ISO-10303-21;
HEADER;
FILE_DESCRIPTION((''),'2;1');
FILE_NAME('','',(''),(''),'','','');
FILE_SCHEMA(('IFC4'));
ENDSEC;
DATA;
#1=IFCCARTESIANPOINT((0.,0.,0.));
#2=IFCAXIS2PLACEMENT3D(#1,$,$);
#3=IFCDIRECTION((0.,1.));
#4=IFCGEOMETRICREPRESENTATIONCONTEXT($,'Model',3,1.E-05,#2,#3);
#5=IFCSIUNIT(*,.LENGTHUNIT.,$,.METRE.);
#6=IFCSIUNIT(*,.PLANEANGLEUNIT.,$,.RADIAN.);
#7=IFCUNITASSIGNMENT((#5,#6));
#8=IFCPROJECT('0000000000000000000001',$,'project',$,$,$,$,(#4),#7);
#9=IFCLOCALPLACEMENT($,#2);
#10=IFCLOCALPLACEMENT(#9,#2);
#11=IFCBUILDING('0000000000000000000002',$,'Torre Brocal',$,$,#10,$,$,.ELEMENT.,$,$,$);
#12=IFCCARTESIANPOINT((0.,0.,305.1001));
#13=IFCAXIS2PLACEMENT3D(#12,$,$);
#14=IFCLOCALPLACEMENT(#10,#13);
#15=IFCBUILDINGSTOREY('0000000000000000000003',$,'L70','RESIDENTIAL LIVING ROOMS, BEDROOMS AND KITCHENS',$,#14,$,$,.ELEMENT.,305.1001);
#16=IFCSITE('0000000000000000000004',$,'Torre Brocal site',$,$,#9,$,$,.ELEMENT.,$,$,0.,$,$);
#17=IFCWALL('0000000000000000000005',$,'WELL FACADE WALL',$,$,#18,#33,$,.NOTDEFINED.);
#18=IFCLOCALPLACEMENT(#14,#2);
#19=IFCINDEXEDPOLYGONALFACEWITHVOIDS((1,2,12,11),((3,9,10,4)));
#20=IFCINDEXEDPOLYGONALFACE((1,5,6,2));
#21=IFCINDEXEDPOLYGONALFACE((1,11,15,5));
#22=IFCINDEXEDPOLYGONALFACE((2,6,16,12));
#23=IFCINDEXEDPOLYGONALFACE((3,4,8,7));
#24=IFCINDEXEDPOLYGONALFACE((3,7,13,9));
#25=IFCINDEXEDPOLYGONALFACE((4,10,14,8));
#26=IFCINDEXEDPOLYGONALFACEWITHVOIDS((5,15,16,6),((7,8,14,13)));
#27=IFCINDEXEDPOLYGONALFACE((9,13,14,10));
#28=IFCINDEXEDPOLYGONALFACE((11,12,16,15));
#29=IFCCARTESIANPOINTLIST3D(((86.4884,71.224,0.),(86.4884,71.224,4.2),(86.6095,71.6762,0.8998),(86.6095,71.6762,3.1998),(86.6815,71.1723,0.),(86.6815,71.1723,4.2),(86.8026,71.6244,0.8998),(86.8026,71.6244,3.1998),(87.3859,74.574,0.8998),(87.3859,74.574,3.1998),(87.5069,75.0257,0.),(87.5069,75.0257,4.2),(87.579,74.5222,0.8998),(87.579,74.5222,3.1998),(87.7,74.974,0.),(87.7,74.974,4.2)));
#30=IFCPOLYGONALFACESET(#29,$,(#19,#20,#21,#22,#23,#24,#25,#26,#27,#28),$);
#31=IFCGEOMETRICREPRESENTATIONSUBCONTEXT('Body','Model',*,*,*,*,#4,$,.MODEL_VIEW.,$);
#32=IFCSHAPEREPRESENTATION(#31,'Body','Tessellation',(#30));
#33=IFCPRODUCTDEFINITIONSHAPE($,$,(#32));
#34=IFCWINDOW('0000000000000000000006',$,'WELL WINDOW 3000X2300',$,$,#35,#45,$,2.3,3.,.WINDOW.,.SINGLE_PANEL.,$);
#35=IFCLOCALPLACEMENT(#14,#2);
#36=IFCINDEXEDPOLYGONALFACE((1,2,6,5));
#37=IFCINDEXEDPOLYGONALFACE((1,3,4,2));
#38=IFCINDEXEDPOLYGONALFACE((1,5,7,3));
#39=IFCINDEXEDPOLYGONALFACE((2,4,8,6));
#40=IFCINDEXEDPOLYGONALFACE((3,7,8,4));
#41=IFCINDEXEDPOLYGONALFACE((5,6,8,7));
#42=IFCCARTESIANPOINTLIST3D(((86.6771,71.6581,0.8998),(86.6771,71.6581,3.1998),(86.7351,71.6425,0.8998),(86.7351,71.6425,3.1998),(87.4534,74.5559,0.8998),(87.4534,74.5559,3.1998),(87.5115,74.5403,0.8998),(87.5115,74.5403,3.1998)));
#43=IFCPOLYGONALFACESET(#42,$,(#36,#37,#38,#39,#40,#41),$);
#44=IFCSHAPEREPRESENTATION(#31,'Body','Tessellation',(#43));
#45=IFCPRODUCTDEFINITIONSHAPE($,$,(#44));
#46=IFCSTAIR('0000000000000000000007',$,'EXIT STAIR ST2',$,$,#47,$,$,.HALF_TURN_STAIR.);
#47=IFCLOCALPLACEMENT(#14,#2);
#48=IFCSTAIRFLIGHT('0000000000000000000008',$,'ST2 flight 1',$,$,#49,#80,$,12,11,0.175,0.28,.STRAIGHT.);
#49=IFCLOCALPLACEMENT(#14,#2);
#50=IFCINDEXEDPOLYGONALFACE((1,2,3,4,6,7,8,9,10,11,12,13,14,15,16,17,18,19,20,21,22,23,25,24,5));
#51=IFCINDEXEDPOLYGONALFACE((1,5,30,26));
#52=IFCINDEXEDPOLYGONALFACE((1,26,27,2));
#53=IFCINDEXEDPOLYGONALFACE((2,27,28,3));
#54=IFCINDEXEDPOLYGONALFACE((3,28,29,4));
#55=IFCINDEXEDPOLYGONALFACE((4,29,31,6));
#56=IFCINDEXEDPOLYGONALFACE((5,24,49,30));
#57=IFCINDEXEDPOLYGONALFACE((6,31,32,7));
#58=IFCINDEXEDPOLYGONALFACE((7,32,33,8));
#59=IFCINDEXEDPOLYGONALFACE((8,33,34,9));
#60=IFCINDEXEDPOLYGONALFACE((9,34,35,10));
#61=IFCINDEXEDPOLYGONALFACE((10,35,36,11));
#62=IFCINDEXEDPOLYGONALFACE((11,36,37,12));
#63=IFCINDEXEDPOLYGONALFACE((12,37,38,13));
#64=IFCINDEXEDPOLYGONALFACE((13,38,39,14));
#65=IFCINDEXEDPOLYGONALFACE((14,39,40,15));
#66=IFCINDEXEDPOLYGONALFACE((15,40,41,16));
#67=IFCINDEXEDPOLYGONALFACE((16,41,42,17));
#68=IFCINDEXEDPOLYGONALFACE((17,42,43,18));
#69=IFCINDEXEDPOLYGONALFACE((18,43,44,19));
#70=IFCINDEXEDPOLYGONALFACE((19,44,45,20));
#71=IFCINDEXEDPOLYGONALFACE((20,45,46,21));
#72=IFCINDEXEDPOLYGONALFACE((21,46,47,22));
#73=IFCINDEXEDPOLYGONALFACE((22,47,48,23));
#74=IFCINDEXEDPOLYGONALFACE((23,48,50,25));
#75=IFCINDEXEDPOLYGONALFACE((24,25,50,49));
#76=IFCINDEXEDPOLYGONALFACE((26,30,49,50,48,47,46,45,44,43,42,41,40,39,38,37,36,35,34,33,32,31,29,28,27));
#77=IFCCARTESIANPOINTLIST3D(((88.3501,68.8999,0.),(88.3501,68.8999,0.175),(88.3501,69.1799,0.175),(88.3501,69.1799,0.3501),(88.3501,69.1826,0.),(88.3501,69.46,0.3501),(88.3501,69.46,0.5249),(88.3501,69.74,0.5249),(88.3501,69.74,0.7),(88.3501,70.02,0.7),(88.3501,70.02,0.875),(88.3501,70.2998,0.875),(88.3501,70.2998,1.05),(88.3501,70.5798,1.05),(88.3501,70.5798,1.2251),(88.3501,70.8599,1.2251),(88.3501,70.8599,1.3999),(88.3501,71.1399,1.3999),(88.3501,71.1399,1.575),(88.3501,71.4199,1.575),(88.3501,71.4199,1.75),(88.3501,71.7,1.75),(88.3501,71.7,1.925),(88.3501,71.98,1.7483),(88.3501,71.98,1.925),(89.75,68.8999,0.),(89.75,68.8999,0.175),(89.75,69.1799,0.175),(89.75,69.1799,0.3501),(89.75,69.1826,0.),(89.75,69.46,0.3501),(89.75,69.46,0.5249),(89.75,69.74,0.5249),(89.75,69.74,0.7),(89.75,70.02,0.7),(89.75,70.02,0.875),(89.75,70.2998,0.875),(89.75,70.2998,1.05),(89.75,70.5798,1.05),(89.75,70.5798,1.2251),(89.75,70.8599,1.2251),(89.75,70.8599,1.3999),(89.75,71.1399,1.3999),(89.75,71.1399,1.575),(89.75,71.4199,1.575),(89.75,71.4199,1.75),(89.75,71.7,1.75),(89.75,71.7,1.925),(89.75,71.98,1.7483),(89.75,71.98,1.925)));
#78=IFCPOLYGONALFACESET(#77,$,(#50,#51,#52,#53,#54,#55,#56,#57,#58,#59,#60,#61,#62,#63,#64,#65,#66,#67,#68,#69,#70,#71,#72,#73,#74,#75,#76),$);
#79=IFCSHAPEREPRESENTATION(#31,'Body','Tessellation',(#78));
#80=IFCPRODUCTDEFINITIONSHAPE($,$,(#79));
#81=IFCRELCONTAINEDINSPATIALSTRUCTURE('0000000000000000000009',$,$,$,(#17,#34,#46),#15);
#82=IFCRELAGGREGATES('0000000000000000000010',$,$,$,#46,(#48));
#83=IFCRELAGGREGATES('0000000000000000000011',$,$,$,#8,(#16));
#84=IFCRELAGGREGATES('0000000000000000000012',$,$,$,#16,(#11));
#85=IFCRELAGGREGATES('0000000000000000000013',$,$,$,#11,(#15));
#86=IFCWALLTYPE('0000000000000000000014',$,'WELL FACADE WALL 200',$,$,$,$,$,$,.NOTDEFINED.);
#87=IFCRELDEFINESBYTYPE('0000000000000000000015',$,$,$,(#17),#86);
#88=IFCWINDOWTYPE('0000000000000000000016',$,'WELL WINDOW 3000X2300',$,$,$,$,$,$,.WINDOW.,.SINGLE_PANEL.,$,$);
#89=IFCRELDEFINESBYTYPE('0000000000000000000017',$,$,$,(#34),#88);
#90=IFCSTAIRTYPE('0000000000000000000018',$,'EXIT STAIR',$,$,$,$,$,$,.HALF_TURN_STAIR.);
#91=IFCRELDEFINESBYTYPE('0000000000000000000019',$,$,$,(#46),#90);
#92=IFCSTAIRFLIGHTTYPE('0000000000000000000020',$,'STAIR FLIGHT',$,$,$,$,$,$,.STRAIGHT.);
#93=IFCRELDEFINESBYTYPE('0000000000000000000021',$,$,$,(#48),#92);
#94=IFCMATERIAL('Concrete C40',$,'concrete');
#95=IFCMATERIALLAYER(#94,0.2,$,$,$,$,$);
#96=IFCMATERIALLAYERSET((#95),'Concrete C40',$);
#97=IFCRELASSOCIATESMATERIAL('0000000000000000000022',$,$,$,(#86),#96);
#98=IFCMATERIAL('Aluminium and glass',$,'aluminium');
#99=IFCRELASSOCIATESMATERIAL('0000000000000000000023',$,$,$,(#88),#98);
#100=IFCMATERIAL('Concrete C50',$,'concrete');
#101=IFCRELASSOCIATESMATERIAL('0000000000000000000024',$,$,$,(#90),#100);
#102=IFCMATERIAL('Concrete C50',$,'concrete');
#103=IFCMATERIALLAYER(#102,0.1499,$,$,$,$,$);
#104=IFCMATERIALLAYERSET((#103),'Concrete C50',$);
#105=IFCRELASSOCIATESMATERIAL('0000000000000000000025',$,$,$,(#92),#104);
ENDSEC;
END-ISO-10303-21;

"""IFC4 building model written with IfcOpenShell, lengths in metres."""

from ifc_helpers import new_model, si_unit, direction, frame, frame_2d, origin, place, context, subcontext, project, spatial, polyline, rectangle, outline, extrude, material, layer, layer_set, type_object, element, fill, aggregate, save


model = new_model("IFC4")

# Units and contexts
model_context = context("Model", 3, precision=1e-05, world=origin(), true_north=direction((0.0, 1.0)))
body_context = subcontext(model_context, "Body", "Model", "MODEL_VIEW")
ifc_project = project(units=[si_unit("LENGTHUNIT", "METRE"), si_unit("PLANEANGLEUNIT", "RADIAN")], contexts=[model_context])

# Site, building, storey
site_placement = place(None, origin())
site = spatial("IfcSite", under=ifc_project, at=site_placement, Name="Torre Brocal site", CompositionType="ELEMENT", RefElevation=0.0)
building_placement = place(site_placement, origin())
building = spatial("IfcBuilding", under=site, at=building_placement, Name="Torre Brocal", CompositionType="ELEMENT")
storey_placement = place(building_placement, frame((0.0, 0.0, 305.1001)))
storey = spatial("IfcBuildingStorey", under=building, at=storey_placement, Name="L70", Description="RESIDENTIAL LIVING ROOMS, BEDROOMS AND KITCHENS", CompositionType="ELEMENT", Elevation=305.1001)

# Wall, opening, window
ifc_material_1 = material(Name="Concrete C40", Category="concrete")
ifc_layer_1 = layer(ifc_material_1, 0.2)
ifc_layer_set_1 = layer_set([ifc_layer_1], Name="Concrete C40")
wall_type_1 = type_object("IfcWallType", Name="WELL FACADE WALL 200", PredefinedType="NOTDEFINED", material=ifc_layer_set_1)
ifc_material_2 = material(Name="Aluminium and glass", Category="aluminium")
window_type = type_object("IfcWindowType", Name="WELL WINDOW 3000X2300", PartitioningType="SINGLE_PANEL", PredefinedType="WINDOW", material=ifc_material_2)
wall_1_placement = place(storey_placement, frame((86.585, 71.1982, 0.0), z_axis=(0.0, 0.0, 1.0), x_axis=(0.25879, 0.965934, 0.0)))
wall_1 = element("IfcWall", 1, at=wall_1_placement, inside=storey, type_object=wall_type_1, Name="WELL FACADE WALL", PredefinedType="NOTDEFINED", context=body_context, shape_type="SweptSolid", body=[
    extrude(rectangle(XDim=3.9358, YDim=0.2, at=frame_2d((1.9678, 0.0))), origin(), (0.0, 0.0, 1.0), 4.2),
])
opening_1_placement = place(wall_1_placement, frame((0.468, 0.0, 0.8999)))
opening_1 = element("IfcOpeningElement", 2, at=opening_1_placement, cuts=wall_1, PredefinedType="OPENING", context=body_context, shape_type="SweptSolid", body=[
    extrude(rectangle(XDim=3.0, YDim=2.3, at=frame_2d((1.5, 1.1499))), frame((0.0, 0.1099, 0.0), z_axis=(0.0, -1.0, 0.0), x_axis=(1.0, 0.0, 0.0)), (0.0, 0.0, 1.0), 0.22),
])
window_1_placement = place(opening_1_placement, origin())
window_1 = element("IfcWindow", 3, at=window_1_placement, inside=storey, type_object=window_type, Name="WELL WINDOW 3000X2300", OverallHeight=2.3, OverallWidth=3.0, PartitioningType="SINGLE_PANEL", PredefinedType="WINDOW", context=body_context, shape_type="SweptSolid", body=[
    extrude(rectangle(XDim=3.0, YDim=2.3, at=frame_2d((1.5, 1.1499))), frame((0.0, 0.03, 0.0), z_axis=(0.0, -1.0, 0.0), x_axis=(1.0, 0.0, 0.0)), (0.0, 0.0, 1.0), 0.0601),
])
fill(opening_1, window_1)

# Stair, stair flight
ifc_material_3 = material(Name="Concrete C50", Category="concrete")
stair_type = type_object("IfcStairType", Name="EXIT STAIR", PredefinedType="HALF_TURN_STAIR", material=ifc_material_3)
stair_placement = place(storey_placement, origin())
stair = element("IfcStair", 4, at=stair_placement, inside=storey, type_object=stair_type, Name="EXIT STAIR ST2", PredefinedType="HALF_TURN_STAIR")
ifc_material_4 = material(Name="Concrete C50", Category="concrete")
ifc_layer_2 = layer(ifc_material_4, 0.1499)
ifc_layer_set_2 = layer_set([ifc_layer_2], Name="Concrete C50")
stair_flight_type = type_object("IfcStairFlightType", Name="STAIR FLIGHT", PredefinedType="STRAIGHT", material=ifc_layer_set_2)
stair_flight_placement = place(storey_placement, frame((89.05, 68.8999, 0.0), z_axis=(0.0, 0.0, 1.0), x_axis=(0.0, 1.0, 0.0)))
stair_flight = element("IfcStairFlight", 5, at=stair_flight_placement, type_object=stair_flight_type, Name="ST2 flight 1", NumberOfRisers=12, NumberOfTreads=11, PredefinedType="STRAIGHT", RiserHeight=0.175, TreadLength=0.28, context=body_context, shape_type="SweptSolid", body=[
    extrude(outline(polyline([(0.0, 0.0), (0.0, 0.175), (0.28, 0.175), (0.28, 0.3501), (0.5601, 0.3501), (0.5601, 0.5249), (0.8401, 0.5249), (0.8401, 0.7), (1.1201, 0.7), (1.1201, 0.875), (1.3999, 0.875), (1.3999, 1.05), (1.6799, 1.05), (1.6799, 1.2251), (1.96, 1.2251), (1.96, 1.3999), (2.24, 1.3999), (2.24, 1.575), (2.52, 1.575), (2.52, 1.75), (2.8, 1.75), (2.8, 1.925), (3.0801, 1.925), (3.0801, 2.1001), (3.0801, 1.7483), (0.2827, 0.0), (0.0, 0.0)])), frame((0.0, 0.7, 0.0), z_axis=(0.0, -1.0, 0.0), x_axis=(1.0, 0.0, 0.0)), (0.0, 0.0, 1.0), 1.3999),
])
aggregate(stair, [stair_flight])

save(model, "model.ifc")
